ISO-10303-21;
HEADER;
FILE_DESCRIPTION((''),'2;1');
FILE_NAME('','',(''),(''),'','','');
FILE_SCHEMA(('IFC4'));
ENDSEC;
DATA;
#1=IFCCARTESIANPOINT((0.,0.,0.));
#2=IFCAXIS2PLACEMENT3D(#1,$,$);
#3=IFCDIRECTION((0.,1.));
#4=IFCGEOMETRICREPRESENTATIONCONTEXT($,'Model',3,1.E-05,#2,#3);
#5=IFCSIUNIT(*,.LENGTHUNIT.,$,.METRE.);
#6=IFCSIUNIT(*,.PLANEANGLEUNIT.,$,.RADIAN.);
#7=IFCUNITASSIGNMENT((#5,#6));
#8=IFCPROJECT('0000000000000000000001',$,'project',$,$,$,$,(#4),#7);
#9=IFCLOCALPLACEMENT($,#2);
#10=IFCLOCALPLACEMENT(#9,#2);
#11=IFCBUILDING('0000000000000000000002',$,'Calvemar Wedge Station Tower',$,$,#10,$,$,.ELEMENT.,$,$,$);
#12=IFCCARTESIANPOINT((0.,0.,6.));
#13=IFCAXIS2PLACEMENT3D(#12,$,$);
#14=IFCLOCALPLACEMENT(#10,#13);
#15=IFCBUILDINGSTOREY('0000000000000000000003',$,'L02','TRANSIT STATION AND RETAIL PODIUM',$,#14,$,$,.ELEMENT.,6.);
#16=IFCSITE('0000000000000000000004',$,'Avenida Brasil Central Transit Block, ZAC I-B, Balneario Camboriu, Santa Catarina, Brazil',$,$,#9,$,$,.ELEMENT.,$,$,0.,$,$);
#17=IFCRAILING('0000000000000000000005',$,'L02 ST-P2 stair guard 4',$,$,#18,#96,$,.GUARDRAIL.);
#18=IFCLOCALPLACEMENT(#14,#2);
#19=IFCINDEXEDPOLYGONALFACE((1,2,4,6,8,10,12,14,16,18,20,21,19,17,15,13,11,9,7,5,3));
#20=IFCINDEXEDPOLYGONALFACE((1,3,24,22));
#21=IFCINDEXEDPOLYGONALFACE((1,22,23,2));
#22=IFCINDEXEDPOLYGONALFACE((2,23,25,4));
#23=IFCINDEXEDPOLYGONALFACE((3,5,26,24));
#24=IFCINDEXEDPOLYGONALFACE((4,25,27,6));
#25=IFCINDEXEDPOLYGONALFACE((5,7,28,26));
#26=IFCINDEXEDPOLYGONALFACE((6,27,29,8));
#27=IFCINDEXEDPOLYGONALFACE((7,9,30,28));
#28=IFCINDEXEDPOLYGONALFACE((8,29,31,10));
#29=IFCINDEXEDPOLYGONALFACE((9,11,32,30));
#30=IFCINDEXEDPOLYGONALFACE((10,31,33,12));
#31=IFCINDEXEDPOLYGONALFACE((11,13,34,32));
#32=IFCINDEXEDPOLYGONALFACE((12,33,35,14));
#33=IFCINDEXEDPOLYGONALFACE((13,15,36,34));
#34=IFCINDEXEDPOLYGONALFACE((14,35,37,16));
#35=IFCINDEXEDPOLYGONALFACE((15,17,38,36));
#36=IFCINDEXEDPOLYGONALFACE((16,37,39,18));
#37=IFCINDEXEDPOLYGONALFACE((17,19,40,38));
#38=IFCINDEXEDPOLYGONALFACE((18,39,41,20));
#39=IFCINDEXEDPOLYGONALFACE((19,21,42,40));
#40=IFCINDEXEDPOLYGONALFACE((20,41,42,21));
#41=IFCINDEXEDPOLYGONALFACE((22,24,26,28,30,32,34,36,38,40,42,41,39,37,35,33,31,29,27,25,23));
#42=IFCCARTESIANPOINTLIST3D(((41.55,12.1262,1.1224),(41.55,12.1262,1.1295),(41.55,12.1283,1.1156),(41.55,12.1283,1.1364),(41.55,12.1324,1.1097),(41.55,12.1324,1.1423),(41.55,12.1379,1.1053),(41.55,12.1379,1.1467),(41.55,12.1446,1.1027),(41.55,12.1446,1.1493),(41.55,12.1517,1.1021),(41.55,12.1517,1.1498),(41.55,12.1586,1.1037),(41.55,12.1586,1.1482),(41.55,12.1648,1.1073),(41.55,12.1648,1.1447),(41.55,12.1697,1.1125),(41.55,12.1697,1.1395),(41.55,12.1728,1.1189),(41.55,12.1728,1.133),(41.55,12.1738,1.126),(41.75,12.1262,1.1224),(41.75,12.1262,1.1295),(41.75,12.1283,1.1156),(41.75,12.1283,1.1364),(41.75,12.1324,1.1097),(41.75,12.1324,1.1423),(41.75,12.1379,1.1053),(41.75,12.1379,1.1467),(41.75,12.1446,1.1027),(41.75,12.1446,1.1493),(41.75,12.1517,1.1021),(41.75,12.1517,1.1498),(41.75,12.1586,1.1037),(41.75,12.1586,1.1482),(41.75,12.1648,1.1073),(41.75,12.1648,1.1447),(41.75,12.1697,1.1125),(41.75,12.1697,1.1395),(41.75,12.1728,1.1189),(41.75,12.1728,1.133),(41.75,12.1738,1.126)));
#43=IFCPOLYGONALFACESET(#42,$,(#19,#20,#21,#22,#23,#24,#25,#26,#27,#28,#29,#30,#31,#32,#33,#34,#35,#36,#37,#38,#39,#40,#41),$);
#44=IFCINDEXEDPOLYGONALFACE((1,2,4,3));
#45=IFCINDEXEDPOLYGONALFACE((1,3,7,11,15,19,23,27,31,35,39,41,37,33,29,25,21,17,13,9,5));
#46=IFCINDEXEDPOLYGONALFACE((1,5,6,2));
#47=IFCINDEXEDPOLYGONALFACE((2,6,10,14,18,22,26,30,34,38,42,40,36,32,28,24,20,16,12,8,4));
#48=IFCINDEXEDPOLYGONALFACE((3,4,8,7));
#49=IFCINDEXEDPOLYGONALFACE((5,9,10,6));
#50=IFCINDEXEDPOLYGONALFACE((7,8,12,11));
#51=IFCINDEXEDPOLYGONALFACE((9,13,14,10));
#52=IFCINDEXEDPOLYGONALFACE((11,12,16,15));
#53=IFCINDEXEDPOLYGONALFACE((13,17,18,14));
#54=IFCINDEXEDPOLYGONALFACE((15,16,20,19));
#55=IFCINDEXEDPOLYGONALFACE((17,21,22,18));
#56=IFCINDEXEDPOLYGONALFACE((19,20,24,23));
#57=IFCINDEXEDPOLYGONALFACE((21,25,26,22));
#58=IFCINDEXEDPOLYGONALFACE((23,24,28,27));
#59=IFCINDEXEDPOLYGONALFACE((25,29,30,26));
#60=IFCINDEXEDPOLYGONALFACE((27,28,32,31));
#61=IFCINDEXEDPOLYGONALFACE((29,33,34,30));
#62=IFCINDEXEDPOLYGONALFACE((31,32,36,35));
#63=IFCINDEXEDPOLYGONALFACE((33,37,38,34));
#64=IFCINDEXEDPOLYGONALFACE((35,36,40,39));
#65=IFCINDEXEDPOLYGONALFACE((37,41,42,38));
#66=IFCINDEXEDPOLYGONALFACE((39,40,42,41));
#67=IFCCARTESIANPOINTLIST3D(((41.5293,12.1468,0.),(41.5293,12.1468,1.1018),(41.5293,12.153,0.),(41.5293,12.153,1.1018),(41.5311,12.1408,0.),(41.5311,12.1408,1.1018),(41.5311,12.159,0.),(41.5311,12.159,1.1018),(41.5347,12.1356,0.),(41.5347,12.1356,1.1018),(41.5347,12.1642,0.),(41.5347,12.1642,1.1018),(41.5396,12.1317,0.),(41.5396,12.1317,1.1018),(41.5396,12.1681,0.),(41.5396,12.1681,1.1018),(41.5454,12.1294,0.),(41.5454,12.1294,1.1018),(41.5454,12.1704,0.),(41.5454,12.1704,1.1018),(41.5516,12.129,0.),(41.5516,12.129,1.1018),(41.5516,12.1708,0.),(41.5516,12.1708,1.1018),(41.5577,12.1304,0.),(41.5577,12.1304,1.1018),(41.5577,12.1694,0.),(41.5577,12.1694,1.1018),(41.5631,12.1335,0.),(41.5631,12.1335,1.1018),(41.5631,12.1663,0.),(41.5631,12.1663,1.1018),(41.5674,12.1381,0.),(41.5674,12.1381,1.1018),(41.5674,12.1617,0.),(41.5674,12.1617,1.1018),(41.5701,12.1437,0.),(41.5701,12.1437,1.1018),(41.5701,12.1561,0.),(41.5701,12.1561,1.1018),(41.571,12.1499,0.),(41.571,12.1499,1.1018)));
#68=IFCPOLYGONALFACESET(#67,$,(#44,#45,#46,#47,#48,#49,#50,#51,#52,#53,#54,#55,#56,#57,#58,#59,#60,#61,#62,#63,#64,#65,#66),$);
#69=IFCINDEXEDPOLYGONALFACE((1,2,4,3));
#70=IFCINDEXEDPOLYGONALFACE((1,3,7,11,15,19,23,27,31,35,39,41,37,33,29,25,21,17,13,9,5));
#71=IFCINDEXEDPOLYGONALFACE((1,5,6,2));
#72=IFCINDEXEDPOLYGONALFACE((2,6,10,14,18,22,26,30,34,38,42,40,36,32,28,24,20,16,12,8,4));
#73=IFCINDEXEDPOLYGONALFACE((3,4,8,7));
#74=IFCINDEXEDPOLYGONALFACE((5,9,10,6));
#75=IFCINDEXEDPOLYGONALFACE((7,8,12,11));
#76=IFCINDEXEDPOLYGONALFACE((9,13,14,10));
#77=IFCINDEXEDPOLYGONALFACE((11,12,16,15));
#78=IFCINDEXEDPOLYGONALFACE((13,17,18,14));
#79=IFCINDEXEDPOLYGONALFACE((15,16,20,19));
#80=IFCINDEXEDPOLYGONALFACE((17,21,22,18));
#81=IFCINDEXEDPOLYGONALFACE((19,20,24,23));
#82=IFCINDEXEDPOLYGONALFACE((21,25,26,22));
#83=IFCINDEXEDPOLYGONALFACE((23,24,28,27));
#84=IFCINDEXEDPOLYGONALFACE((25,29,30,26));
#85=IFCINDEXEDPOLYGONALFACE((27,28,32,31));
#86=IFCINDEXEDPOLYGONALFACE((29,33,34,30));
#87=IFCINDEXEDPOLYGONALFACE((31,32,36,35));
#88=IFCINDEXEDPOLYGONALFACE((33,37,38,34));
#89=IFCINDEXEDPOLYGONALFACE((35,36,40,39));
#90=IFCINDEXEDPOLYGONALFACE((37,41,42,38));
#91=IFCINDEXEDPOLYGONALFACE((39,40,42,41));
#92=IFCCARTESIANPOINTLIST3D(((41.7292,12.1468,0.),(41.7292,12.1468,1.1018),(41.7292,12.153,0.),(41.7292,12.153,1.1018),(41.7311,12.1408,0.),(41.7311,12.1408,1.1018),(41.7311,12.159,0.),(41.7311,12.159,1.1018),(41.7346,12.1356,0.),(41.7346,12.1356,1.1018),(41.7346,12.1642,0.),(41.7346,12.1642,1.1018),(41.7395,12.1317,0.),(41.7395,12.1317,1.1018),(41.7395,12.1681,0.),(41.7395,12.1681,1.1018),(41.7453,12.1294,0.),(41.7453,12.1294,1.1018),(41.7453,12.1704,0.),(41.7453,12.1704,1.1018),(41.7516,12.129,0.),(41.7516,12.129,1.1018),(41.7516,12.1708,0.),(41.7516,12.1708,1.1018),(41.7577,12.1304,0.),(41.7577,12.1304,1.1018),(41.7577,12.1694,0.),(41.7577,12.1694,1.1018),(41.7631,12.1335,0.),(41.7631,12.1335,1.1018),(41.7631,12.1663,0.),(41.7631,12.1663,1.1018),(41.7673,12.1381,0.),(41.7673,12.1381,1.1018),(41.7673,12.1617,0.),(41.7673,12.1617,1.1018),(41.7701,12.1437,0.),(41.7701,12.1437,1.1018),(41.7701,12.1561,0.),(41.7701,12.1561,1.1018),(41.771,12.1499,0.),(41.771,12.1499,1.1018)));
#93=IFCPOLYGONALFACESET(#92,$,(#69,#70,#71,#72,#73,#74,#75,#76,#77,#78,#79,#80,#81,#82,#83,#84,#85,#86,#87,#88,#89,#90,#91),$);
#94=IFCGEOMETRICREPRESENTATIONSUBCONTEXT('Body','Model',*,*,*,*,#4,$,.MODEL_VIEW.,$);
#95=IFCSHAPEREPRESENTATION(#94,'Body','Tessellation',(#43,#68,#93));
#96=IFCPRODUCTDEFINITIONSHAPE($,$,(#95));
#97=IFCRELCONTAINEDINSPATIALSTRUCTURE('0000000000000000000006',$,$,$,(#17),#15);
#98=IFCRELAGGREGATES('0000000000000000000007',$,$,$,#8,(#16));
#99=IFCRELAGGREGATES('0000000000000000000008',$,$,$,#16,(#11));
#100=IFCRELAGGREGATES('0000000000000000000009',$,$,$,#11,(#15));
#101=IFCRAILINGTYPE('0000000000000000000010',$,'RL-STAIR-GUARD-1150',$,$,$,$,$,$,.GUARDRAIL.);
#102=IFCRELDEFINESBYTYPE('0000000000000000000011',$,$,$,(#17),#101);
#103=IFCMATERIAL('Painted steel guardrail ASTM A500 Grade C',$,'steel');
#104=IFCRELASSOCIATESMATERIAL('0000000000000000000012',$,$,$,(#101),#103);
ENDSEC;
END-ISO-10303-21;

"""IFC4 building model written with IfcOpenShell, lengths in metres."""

from ifc_helpers import new_model, si_unit, direction, frame, origin, origin_2d, place, context, subcontext, project, spatial, circle, extrude, material, type_object, element, save


model = new_model("IFC4")

# Units and contexts
model_context = context("Model", 3, precision=1e-05, world=origin(), true_north=direction((0.0, 1.0)))
body_context = subcontext(model_context, "Body", "Model", "MODEL_VIEW")
ifc_project = project(units=[si_unit("LENGTHUNIT", "METRE"), si_unit("PLANEANGLEUNIT", "RADIAN")], contexts=[model_context])

# Site, building, storey
site_placement = place(None, origin())
site = spatial("IfcSite", under=ifc_project, at=site_placement, Name="Avenida Brasil Central Transit Block, ZAC I-B, Balneario Camboriu, Santa Catarina, Brazil", CompositionType="ELEMENT", RefElevation=0.0)
building_placement = place(site_placement, origin())
building = spatial("IfcBuilding", under=site, at=building_placement, Name="Calvemar Wedge Station Tower", CompositionType="ELEMENT")
storey_placement = place(building_placement, frame((0.0, 0.0, 6.0)))
storey = spatial("IfcBuildingStorey", under=building, at=storey_placement, Name="L02", Description="TRANSIT STATION AND RETAIL PODIUM", CompositionType="ELEMENT", Elevation=6.0)

# Railing
ifc_material_1 = material(Name="Painted steel guardrail ASTM A500 Grade C", Category="steel")
railing_type_1 = type_object("IfcRailingType", Name="RL-STAIR-GUARD-1150", PredefinedType="GUARDRAIL", material=ifc_material_1)
railing_1_placement = place(storey_placement, frame((41.55, 12.1499, 0.0)))
element("IfcRailing", 1, at=railing_1_placement, inside=storey, type_object=railing_type_1, Name="L02 ST-P2 stair guard 4", PredefinedType="GUARDRAIL", context=body_context, shape_type="SweptSolid", body=[
    extrude(circle(Radius=0.0239, at=origin_2d()), frame((0.0, 0.0, 1.126), z_axis=(1.0, 0.0, 0.0), x_axis=(0.0, 1.0, 0.0)), (0.0, 0.0, 1.0), 0.2),
    extrude(circle(Radius=0.021, at=origin_2d()), origin(), (0.0, 0.0, 1.0), 1.1018),
    extrude(circle(Radius=0.021, at=origin_2d()), frame((0.2, 0.0, 0.0)), (0.0, 0.0, 1.0), 1.1018),
])

save(model, "model.ifc")
